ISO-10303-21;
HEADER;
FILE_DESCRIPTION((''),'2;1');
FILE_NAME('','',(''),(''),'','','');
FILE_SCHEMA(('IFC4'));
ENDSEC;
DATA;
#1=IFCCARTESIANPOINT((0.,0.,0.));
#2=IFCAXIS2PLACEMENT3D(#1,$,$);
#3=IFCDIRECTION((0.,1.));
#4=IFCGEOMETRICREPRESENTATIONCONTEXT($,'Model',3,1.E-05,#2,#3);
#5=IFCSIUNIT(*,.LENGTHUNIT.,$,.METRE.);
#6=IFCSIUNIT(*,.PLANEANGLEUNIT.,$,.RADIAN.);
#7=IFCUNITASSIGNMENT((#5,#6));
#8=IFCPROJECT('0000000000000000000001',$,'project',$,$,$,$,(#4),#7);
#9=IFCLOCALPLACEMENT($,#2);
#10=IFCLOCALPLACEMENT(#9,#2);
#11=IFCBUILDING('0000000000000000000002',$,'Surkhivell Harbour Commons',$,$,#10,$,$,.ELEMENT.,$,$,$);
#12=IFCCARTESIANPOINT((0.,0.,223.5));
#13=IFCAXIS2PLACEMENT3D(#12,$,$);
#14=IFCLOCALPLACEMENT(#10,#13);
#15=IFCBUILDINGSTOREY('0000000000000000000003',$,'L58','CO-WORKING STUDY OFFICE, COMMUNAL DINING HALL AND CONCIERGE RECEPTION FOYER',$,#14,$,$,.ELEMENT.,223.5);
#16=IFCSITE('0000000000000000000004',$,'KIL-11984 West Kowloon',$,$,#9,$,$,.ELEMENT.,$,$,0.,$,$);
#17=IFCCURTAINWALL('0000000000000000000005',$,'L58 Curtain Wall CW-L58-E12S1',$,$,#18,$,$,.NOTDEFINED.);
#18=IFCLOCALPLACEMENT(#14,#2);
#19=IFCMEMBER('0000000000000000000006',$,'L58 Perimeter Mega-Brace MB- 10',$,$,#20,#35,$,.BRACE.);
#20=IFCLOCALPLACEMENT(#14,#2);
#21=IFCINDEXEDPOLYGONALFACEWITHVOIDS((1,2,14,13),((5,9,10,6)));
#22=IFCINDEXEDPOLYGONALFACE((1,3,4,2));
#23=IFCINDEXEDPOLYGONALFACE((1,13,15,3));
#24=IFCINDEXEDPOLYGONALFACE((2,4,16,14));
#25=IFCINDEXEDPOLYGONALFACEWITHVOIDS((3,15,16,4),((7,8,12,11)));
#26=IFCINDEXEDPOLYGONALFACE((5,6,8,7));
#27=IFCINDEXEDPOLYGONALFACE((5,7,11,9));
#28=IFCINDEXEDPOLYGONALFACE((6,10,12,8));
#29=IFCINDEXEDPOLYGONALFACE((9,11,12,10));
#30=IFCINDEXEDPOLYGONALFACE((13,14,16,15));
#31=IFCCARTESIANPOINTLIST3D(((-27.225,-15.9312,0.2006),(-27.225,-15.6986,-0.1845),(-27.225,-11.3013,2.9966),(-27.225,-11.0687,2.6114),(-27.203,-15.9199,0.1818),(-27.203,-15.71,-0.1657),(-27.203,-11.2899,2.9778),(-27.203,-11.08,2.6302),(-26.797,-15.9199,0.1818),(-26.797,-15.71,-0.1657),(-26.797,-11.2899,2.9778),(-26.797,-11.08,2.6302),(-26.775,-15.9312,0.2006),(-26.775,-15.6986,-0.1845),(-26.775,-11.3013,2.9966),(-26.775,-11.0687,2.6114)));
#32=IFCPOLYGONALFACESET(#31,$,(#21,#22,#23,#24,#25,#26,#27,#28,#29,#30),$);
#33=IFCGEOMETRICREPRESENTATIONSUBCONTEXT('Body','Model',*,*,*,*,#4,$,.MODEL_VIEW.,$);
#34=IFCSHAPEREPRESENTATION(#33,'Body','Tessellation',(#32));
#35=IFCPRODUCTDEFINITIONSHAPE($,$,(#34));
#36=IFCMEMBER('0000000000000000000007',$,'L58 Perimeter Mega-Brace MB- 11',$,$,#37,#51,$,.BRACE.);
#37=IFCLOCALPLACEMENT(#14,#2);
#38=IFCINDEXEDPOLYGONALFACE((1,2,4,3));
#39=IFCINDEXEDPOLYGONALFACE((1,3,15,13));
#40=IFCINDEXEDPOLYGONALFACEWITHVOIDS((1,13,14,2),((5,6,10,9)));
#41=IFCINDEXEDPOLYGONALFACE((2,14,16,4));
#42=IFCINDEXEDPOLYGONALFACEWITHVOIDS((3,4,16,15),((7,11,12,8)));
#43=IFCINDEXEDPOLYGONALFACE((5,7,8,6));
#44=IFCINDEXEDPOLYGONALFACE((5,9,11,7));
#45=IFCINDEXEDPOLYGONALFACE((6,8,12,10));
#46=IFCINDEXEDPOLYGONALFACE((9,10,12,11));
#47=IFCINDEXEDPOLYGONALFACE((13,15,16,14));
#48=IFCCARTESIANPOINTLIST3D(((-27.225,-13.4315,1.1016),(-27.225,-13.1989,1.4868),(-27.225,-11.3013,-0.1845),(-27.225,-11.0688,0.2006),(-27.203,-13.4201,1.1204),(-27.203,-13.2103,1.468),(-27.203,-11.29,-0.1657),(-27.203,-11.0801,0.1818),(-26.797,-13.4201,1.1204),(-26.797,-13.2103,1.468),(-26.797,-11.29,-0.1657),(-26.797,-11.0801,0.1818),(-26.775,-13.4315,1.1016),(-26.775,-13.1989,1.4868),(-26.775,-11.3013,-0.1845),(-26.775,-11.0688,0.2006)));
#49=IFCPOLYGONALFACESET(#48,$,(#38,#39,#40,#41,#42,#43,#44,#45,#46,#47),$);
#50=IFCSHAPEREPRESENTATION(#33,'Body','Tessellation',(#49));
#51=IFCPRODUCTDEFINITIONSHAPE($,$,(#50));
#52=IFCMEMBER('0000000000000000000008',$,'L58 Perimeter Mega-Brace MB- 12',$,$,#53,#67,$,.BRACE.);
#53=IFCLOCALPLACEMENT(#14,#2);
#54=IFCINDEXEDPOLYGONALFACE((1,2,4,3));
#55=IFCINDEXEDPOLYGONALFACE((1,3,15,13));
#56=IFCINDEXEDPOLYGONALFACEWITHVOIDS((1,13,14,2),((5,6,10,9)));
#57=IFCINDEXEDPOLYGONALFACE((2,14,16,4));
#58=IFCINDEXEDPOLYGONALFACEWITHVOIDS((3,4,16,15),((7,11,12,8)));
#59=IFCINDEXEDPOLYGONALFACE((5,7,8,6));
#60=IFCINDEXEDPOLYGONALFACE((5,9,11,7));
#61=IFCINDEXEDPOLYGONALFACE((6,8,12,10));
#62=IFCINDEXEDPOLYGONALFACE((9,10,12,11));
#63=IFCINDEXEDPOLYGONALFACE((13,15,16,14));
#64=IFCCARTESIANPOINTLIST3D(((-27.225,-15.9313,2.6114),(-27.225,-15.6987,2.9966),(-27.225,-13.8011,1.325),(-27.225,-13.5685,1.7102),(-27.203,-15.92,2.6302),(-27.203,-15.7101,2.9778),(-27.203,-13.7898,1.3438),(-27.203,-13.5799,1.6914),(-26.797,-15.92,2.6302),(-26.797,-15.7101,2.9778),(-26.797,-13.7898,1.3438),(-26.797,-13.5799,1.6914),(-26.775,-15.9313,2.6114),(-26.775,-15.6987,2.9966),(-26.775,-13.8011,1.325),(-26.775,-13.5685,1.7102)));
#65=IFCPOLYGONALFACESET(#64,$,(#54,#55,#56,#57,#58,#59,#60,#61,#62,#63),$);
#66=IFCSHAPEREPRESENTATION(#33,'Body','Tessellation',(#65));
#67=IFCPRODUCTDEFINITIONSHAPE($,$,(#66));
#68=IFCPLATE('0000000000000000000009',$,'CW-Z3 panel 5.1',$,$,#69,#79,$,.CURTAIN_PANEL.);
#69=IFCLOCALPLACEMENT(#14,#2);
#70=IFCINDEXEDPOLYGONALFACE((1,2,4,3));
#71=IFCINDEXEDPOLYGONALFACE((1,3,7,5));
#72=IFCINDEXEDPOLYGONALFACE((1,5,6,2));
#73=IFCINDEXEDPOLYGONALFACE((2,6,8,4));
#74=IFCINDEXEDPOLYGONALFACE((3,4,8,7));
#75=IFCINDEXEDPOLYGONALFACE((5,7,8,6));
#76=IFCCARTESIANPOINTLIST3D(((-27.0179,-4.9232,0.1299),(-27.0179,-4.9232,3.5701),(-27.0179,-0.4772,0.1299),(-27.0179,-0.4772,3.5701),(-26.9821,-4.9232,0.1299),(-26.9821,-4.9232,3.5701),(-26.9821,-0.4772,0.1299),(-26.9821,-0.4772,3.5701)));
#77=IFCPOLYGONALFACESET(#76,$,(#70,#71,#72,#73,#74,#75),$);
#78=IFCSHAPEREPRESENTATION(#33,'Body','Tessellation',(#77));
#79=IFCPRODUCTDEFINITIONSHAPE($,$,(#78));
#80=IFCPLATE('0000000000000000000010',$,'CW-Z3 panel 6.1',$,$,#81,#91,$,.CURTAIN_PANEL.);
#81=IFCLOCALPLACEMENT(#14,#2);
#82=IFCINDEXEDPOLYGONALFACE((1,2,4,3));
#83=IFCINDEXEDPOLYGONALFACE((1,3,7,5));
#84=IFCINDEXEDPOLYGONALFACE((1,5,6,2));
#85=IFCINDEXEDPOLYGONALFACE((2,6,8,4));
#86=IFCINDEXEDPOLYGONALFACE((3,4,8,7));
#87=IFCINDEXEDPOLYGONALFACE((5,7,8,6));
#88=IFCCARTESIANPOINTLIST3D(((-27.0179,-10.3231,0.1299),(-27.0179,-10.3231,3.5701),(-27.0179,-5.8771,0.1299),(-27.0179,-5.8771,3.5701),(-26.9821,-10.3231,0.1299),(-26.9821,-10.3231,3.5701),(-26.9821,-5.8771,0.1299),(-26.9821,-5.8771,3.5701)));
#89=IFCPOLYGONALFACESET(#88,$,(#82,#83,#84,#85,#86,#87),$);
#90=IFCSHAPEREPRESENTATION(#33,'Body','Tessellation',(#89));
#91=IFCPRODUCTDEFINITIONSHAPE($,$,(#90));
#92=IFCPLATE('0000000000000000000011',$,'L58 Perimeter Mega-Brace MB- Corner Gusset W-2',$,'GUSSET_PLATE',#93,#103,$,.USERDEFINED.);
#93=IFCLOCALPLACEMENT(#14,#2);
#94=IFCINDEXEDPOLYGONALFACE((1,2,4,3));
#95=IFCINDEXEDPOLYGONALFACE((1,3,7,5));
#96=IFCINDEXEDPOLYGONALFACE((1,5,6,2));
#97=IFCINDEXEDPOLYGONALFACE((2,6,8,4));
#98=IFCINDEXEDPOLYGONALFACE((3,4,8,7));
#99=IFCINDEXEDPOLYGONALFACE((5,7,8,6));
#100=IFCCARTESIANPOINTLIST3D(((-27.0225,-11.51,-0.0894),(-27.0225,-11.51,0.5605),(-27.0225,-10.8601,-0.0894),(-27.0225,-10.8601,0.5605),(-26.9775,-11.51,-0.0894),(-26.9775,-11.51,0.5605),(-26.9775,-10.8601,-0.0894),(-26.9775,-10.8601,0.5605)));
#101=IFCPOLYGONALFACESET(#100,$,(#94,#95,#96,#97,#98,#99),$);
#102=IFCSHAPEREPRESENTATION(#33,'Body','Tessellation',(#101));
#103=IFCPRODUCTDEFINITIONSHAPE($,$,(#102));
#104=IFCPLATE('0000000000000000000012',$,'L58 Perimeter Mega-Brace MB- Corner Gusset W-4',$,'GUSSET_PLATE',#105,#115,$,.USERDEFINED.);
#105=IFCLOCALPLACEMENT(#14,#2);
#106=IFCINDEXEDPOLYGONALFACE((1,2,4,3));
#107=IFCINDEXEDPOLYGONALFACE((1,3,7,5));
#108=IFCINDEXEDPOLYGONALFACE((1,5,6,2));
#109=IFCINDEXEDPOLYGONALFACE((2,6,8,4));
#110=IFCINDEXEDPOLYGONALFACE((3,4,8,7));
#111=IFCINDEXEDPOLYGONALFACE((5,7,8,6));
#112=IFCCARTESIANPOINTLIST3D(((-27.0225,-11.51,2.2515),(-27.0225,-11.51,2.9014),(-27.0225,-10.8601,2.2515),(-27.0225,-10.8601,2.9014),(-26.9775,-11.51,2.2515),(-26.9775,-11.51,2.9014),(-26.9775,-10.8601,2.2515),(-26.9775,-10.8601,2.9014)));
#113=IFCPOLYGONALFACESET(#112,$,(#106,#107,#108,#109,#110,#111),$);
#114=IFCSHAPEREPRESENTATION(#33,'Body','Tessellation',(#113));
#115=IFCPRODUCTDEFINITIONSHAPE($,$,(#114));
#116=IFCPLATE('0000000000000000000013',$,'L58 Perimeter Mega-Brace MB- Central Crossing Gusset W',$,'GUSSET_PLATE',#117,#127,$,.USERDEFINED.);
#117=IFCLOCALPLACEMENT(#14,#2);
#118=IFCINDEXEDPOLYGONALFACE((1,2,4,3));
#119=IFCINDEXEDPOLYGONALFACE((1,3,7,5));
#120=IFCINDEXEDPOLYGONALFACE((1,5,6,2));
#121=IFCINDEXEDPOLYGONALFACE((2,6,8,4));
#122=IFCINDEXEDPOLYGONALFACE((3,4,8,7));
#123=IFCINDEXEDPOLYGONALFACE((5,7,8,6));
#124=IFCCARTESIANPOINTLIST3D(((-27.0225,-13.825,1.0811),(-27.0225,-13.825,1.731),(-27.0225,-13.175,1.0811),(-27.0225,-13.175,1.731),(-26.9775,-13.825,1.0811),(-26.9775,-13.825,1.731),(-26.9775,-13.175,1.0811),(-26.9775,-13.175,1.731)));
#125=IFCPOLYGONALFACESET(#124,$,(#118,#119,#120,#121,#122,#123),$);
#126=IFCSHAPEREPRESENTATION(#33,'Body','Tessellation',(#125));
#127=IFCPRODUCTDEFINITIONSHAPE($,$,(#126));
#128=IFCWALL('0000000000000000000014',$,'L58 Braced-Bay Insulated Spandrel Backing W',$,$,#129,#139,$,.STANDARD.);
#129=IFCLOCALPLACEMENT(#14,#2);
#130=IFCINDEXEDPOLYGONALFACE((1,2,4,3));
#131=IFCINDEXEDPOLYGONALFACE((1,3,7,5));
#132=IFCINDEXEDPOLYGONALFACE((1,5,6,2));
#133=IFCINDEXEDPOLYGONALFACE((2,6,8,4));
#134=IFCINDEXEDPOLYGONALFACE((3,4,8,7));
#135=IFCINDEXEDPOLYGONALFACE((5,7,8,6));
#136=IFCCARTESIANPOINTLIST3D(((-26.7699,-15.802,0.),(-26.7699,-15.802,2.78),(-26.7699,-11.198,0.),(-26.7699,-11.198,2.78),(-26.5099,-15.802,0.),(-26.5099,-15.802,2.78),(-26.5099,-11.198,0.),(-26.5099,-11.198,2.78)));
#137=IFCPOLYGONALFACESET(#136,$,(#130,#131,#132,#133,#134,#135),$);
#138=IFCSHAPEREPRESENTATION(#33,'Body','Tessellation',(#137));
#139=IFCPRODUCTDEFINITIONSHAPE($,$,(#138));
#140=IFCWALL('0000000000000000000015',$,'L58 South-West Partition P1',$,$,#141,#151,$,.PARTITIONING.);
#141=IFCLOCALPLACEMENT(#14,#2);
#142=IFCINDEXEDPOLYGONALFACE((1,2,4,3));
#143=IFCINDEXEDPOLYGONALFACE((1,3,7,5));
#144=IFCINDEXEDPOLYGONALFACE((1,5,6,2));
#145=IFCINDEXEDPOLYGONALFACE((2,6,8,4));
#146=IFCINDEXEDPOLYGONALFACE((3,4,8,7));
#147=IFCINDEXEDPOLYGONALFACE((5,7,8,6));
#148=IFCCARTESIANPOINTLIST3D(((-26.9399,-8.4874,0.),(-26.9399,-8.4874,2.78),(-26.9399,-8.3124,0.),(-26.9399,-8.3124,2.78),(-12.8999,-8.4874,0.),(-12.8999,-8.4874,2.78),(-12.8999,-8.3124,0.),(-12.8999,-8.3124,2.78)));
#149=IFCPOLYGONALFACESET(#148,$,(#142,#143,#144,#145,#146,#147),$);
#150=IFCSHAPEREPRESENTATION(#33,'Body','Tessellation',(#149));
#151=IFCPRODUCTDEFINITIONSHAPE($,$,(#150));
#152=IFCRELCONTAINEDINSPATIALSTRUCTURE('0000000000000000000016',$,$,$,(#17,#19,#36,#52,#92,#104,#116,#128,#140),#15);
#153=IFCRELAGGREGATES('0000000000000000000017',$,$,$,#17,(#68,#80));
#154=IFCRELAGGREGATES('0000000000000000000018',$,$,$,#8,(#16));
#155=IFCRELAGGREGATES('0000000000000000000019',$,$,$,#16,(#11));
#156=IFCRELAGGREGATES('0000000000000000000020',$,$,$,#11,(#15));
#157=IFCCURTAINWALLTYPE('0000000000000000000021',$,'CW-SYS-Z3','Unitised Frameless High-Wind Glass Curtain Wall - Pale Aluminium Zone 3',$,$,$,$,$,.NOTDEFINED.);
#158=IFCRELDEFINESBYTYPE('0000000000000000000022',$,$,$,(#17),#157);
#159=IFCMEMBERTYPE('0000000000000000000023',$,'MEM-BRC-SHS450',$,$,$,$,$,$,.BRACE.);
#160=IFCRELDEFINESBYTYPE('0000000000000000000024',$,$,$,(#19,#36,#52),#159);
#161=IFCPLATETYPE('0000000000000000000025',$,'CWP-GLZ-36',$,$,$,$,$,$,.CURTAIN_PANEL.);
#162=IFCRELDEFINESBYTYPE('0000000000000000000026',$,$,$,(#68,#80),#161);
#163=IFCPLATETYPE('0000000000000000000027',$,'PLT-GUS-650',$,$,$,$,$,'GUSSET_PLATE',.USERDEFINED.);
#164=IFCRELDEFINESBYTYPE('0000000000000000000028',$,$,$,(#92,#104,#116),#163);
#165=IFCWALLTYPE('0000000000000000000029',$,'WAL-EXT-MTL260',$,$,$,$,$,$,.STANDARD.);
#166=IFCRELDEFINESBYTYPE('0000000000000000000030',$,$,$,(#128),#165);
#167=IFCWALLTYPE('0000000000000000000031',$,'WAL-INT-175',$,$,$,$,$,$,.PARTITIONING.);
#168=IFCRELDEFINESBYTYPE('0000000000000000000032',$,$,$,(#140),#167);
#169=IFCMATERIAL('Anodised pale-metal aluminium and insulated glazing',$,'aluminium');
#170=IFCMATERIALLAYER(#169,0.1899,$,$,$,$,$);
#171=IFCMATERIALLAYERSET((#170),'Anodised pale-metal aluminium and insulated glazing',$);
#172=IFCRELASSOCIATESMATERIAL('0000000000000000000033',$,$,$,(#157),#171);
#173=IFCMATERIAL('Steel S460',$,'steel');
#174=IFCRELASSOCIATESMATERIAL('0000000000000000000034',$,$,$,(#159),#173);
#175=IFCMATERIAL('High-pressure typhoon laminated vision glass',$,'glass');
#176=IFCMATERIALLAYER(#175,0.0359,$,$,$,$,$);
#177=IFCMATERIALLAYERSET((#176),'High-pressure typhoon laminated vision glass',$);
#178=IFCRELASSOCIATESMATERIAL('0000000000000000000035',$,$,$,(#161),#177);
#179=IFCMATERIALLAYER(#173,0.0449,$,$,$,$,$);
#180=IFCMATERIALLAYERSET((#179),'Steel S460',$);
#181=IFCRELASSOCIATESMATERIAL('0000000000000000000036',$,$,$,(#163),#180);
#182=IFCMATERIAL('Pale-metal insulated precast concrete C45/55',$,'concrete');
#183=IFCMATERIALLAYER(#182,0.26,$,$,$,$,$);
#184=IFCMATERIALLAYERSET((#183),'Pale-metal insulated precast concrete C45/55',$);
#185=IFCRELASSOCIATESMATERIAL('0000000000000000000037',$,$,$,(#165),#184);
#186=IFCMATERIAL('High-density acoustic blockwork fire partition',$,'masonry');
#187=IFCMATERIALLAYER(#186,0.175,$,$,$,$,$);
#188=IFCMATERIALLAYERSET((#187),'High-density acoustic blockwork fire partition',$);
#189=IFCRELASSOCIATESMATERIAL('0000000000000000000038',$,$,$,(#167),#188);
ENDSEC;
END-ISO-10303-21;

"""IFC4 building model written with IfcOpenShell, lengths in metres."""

from ifc_helpers import new_model, si_unit, direction, frame, frame_2d, origin, origin_2d, place, context, subcontext, project, spatial, rectangle, hollow_rectangle, extrude, material, layer, layer_set, material_profile, profile_set, type_object, element, aggregate, save


model = new_model("IFC4")

# Units and contexts
model_context = context("Model", 3, precision=1e-05, world=origin(), true_north=direction((0.0, 1.0)))
body_context = subcontext(model_context, "Body", "Model", "MODEL_VIEW")
ifc_project = project(units=[si_unit("LENGTHUNIT", "METRE"), si_unit("PLANEANGLEUNIT", "RADIAN")], contexts=[model_context])

# Site, building, storey
site_placement = place(None, origin())
site = spatial("IfcSite", under=ifc_project, at=site_placement, Name="KIL-11984 West Kowloon", CompositionType="ELEMENT", RefElevation=0.0)
building_placement = place(site_placement, origin())
building = spatial("IfcBuilding", under=site, at=building_placement, Name="Surkhivell Harbour Commons", CompositionType="ELEMENT")
storey_placement = place(building_placement, frame((0.0, 0.0, 223.5)))
storey = spatial("IfcBuildingStorey", under=building, at=storey_placement, Name="L58", Description="CO-WORKING STUDY OFFICE, COMMUNAL DINING HALL AND CONCIERGE RECEPTION FOYER", CompositionType="ELEMENT", Elevation=223.5)

# Curtain wall
ifc_material_1 = material(Name="Anodised pale-metal aluminium and insulated glazing", Category="aluminium")
ifc_layer_1 = layer(ifc_material_1, 0.1899)
ifc_layer_set_1 = layer_set([ifc_layer_1], Name="Anodised pale-metal aluminium and insulated glazing")
curtain_wall_type = type_object("IfcCurtainWallType", Name="CW-SYS-Z3", Description="Unitised Frameless High-Wind Glass Curtain Wall - Pale Aluminium Zone 3", PredefinedType="NOTDEFINED", material=ifc_layer_set_1)
curtain_wall_placement = place(storey_placement, origin())
curtain_wall = element("IfcCurtainWall", 1, at=curtain_wall_placement, inside=storey, type_object=curtain_wall_type, Name="L58 Curtain Wall CW-L58-E12S1", PredefinedType="NOTDEFINED")

# Members
ifc_material_2 = material(Name="Steel S460", Category="steel")
ifc_material_profile_1 = material_profile(ifc_material_2, hollow_rectangle(XDim=0.45, YDim=0.45, WallThickness=0.022, at=origin_2d()), Name="SHS450x450x22")
ifc_profile_set_1 = profile_set([ifc_material_profile_1], Name="Steel S460")
member_type_1 = type_object("IfcMemberType", Name="MEM-BRC-SHS450", PredefinedType="BRACE", material=ifc_profile_set_1)
member_1_placement = place(storey_placement, frame((-27.0, -15.8149, 0.0081), z_axis=(0.0, 0.856024, 0.516937), x_axis=(-1.0, 0.0, 0.0)))
element("IfcMember", 2, at=member_1_placement, inside=storey, type_object=member_type_1, Name="L58 Perimeter Mega-Brace MB- 10", PredefinedType="BRACE", context=body_context, shape_type="SweptSolid", body=[
    extrude(hollow_rectangle(XDim=0.45, YDim=0.45, WallThickness=0.022, at=origin_2d()), origin(), (0.0, 0.0, 1.0), 5.4087),
])
member_2_placement = place(storey_placement, frame((-27.0, -11.1851, 0.0081), z_axis=(0.0, -0.856061, 0.516875), x_axis=(1.0, 0.0, 0.0)))
element("IfcMember", 3, at=member_2_placement, inside=storey, type_object=member_type_1, Name="L58 Perimeter Mega-Brace MB- 11", PredefinedType="BRACE", context=body_context, shape_type="SweptSolid", body=[
    extrude(hollow_rectangle(XDim=0.45, YDim=0.45, WallThickness=0.022, at=origin_2d()), origin(), (0.0, 0.0, 1.0), 2.4883),
])
member_3_placement = place(storey_placement, frame((-27.0, -13.6848, 1.5176), z_axis=(0.0, -0.856018, 0.516946), x_axis=(1.0, 0.0, 0.0)))
element("IfcMember", 4, at=member_3_placement, inside=storey, type_object=member_type_1, Name="L58 Perimeter Mega-Brace MB- 12", PredefinedType="BRACE", context=body_context, shape_type="SweptSolid", body=[
    extrude(hollow_rectangle(XDim=0.45, YDim=0.45, WallThickness=0.022, at=origin_2d()), origin(), (0.0, 0.0, 1.0), 2.4885),
])

# Plates
ifc_material_3 = material(Name="High-pressure typhoon laminated vision glass", Category="glass")
ifc_layer_2 = layer(ifc_material_3, 0.0359)
ifc_layer_set_2 = layer_set([ifc_layer_2], Name="High-pressure typhoon laminated vision glass")
plate_type_1 = type_object("IfcPlateType", Name="CWP-GLZ-36", PredefinedType="CURTAIN_PANEL", material=ifc_layer_set_2)
plate_1_placement = place(storey_placement, frame((-27.0, -0.4771, 0.1299), z_axis=(0.0, 0.0, 1.0), x_axis=(0.0, -1.0, 0.0)))
plate_1 = element("IfcPlate", 5, at=plate_1_placement, type_object=plate_type_1, Name="CW-Z3 panel 5.1", PredefinedType="CURTAIN_PANEL", context=body_context, shape_type="SweptSolid", body=[
    extrude(rectangle(XDim=4.446, YDim=0.0359, at=frame_2d((2.2231, 0.0))), origin(), (0.0, 0.0, 1.0), 3.4402),
])
plate_2_placement = place(storey_placement, frame((-27.0, -5.877, 0.1299), z_axis=(0.0, 0.0, 1.0), x_axis=(0.0, -1.0, 0.0)))
plate_2 = element("IfcPlate", 6, at=plate_2_placement, type_object=plate_type_1, Name="CW-Z3 panel 6.1", PredefinedType="CURTAIN_PANEL", context=body_context, shape_type="SweptSolid", body=[
    extrude(rectangle(XDim=4.446, YDim=0.0359, at=frame_2d((2.2231, 0.0))), origin(), (0.0, 0.0, 1.0), 3.4402),
])
aggregate(curtain_wall, [plate_1, plate_2])

# Plates
ifc_layer_3 = layer(ifc_material_2, 0.0449)
ifc_layer_set_3 = layer_set([ifc_layer_3], Name="Steel S460")
plate_type_2 = type_object("IfcPlateType", Name="PLT-GUS-650", ElementType="GUSSET_PLATE", PredefinedType="USERDEFINED", material=ifc_layer_set_3)
for number, where, z_axis, x_axis, name in (
    (7, (-27.0, -11.1851, -0.0894), (0.0, 0.0, 1.0), (0.0, 1.0, 0.0), "L58 Perimeter Mega-Brace MB- Corner Gusset W-2"),
    (8, (-27.0, -11.1851, 2.2515), (0.0, 0.0, 1.0), (0.0, 1.0, 0.0), "L58 Perimeter Mega-Brace MB- Corner Gusset W-4"),
    (9, (-27.0, -13.5, 1.0811), (0.0, 0.0, 1.0), (0.0, 1.0, 0.0), "L58 Perimeter Mega-Brace MB- Central Crossing Gusset W"),
):
    element("IfcPlate", number, at=place(storey_placement, frame(where, z_axis=z_axis, x_axis=x_axis)), inside=storey, type_object=plate_type_2, Name=name, ObjectType="GUSSET_PLATE", PredefinedType="USERDEFINED", context=body_context, shape_type="SweptSolid", body=[
        extrude(rectangle(XDim=0.6499, YDim=0.0449, at=origin_2d()), origin(), (0.0, 0.0, 1.0), 0.6499),
    ])

# Walls
ifc_material_4 = material(Name="Pale-metal insulated precast concrete C45/55", Category="concrete")
ifc_layer_4 = layer(ifc_material_4, 0.26)
ifc_layer_set_4 = layer_set([ifc_layer_4], Name="Pale-metal insulated precast concrete C45/55")
wall_type_1 = type_object("IfcWallType", Name="WAL-EXT-MTL260", PredefinedType="STANDARD", material=ifc_layer_set_4)
wall_1_placement = place(storey_placement, frame((-26.6399, -11.198, 0.0), z_axis=(0.0, 0.0, 1.0), x_axis=(0.0, -1.0, 0.0)))
element("IfcWall", 10, at=wall_1_placement, inside=storey, type_object=wall_type_1, Name="L58 Braced-Bay Insulated Spandrel Backing W", PredefinedType="STANDARD", context=body_context, shape_type="SweptSolid", body=[
    extrude(rectangle(XDim=4.604, YDim=0.26, at=frame_2d((2.302, 0.0))), origin(), (0.0, 0.0, 1.0), 2.78),
])
ifc_material_5 = material(Name="High-density acoustic blockwork fire partition", Category="masonry")
ifc_layer_5 = layer(ifc_material_5, 0.175)
ifc_layer_set_5 = layer_set([ifc_layer_5], Name="High-density acoustic blockwork fire partition")
wall_type_2 = type_object("IfcWallType", Name="WAL-INT-175", PredefinedType="PARTITIONING", material=ifc_layer_set_5)
wall_2_placement = place(storey_placement, frame((-26.9399, -8.3999, 0.0), z_axis=(0.0, 0.0, 1.0), x_axis=(1.0, 0.0, 0.0)))
element("IfcWall", 11, at=wall_2_placement, inside=storey, type_object=wall_type_2, Name="L58 South-West Partition P1", PredefinedType="PARTITIONING", context=body_context, shape_type="SweptSolid", body=[
    extrude(rectangle(XDim=14.04, YDim=0.175, at=frame_2d((7.02, 0.0))), origin(), (0.0, 0.0, 1.0), 2.78),
])

save(model, "model.ifc")
